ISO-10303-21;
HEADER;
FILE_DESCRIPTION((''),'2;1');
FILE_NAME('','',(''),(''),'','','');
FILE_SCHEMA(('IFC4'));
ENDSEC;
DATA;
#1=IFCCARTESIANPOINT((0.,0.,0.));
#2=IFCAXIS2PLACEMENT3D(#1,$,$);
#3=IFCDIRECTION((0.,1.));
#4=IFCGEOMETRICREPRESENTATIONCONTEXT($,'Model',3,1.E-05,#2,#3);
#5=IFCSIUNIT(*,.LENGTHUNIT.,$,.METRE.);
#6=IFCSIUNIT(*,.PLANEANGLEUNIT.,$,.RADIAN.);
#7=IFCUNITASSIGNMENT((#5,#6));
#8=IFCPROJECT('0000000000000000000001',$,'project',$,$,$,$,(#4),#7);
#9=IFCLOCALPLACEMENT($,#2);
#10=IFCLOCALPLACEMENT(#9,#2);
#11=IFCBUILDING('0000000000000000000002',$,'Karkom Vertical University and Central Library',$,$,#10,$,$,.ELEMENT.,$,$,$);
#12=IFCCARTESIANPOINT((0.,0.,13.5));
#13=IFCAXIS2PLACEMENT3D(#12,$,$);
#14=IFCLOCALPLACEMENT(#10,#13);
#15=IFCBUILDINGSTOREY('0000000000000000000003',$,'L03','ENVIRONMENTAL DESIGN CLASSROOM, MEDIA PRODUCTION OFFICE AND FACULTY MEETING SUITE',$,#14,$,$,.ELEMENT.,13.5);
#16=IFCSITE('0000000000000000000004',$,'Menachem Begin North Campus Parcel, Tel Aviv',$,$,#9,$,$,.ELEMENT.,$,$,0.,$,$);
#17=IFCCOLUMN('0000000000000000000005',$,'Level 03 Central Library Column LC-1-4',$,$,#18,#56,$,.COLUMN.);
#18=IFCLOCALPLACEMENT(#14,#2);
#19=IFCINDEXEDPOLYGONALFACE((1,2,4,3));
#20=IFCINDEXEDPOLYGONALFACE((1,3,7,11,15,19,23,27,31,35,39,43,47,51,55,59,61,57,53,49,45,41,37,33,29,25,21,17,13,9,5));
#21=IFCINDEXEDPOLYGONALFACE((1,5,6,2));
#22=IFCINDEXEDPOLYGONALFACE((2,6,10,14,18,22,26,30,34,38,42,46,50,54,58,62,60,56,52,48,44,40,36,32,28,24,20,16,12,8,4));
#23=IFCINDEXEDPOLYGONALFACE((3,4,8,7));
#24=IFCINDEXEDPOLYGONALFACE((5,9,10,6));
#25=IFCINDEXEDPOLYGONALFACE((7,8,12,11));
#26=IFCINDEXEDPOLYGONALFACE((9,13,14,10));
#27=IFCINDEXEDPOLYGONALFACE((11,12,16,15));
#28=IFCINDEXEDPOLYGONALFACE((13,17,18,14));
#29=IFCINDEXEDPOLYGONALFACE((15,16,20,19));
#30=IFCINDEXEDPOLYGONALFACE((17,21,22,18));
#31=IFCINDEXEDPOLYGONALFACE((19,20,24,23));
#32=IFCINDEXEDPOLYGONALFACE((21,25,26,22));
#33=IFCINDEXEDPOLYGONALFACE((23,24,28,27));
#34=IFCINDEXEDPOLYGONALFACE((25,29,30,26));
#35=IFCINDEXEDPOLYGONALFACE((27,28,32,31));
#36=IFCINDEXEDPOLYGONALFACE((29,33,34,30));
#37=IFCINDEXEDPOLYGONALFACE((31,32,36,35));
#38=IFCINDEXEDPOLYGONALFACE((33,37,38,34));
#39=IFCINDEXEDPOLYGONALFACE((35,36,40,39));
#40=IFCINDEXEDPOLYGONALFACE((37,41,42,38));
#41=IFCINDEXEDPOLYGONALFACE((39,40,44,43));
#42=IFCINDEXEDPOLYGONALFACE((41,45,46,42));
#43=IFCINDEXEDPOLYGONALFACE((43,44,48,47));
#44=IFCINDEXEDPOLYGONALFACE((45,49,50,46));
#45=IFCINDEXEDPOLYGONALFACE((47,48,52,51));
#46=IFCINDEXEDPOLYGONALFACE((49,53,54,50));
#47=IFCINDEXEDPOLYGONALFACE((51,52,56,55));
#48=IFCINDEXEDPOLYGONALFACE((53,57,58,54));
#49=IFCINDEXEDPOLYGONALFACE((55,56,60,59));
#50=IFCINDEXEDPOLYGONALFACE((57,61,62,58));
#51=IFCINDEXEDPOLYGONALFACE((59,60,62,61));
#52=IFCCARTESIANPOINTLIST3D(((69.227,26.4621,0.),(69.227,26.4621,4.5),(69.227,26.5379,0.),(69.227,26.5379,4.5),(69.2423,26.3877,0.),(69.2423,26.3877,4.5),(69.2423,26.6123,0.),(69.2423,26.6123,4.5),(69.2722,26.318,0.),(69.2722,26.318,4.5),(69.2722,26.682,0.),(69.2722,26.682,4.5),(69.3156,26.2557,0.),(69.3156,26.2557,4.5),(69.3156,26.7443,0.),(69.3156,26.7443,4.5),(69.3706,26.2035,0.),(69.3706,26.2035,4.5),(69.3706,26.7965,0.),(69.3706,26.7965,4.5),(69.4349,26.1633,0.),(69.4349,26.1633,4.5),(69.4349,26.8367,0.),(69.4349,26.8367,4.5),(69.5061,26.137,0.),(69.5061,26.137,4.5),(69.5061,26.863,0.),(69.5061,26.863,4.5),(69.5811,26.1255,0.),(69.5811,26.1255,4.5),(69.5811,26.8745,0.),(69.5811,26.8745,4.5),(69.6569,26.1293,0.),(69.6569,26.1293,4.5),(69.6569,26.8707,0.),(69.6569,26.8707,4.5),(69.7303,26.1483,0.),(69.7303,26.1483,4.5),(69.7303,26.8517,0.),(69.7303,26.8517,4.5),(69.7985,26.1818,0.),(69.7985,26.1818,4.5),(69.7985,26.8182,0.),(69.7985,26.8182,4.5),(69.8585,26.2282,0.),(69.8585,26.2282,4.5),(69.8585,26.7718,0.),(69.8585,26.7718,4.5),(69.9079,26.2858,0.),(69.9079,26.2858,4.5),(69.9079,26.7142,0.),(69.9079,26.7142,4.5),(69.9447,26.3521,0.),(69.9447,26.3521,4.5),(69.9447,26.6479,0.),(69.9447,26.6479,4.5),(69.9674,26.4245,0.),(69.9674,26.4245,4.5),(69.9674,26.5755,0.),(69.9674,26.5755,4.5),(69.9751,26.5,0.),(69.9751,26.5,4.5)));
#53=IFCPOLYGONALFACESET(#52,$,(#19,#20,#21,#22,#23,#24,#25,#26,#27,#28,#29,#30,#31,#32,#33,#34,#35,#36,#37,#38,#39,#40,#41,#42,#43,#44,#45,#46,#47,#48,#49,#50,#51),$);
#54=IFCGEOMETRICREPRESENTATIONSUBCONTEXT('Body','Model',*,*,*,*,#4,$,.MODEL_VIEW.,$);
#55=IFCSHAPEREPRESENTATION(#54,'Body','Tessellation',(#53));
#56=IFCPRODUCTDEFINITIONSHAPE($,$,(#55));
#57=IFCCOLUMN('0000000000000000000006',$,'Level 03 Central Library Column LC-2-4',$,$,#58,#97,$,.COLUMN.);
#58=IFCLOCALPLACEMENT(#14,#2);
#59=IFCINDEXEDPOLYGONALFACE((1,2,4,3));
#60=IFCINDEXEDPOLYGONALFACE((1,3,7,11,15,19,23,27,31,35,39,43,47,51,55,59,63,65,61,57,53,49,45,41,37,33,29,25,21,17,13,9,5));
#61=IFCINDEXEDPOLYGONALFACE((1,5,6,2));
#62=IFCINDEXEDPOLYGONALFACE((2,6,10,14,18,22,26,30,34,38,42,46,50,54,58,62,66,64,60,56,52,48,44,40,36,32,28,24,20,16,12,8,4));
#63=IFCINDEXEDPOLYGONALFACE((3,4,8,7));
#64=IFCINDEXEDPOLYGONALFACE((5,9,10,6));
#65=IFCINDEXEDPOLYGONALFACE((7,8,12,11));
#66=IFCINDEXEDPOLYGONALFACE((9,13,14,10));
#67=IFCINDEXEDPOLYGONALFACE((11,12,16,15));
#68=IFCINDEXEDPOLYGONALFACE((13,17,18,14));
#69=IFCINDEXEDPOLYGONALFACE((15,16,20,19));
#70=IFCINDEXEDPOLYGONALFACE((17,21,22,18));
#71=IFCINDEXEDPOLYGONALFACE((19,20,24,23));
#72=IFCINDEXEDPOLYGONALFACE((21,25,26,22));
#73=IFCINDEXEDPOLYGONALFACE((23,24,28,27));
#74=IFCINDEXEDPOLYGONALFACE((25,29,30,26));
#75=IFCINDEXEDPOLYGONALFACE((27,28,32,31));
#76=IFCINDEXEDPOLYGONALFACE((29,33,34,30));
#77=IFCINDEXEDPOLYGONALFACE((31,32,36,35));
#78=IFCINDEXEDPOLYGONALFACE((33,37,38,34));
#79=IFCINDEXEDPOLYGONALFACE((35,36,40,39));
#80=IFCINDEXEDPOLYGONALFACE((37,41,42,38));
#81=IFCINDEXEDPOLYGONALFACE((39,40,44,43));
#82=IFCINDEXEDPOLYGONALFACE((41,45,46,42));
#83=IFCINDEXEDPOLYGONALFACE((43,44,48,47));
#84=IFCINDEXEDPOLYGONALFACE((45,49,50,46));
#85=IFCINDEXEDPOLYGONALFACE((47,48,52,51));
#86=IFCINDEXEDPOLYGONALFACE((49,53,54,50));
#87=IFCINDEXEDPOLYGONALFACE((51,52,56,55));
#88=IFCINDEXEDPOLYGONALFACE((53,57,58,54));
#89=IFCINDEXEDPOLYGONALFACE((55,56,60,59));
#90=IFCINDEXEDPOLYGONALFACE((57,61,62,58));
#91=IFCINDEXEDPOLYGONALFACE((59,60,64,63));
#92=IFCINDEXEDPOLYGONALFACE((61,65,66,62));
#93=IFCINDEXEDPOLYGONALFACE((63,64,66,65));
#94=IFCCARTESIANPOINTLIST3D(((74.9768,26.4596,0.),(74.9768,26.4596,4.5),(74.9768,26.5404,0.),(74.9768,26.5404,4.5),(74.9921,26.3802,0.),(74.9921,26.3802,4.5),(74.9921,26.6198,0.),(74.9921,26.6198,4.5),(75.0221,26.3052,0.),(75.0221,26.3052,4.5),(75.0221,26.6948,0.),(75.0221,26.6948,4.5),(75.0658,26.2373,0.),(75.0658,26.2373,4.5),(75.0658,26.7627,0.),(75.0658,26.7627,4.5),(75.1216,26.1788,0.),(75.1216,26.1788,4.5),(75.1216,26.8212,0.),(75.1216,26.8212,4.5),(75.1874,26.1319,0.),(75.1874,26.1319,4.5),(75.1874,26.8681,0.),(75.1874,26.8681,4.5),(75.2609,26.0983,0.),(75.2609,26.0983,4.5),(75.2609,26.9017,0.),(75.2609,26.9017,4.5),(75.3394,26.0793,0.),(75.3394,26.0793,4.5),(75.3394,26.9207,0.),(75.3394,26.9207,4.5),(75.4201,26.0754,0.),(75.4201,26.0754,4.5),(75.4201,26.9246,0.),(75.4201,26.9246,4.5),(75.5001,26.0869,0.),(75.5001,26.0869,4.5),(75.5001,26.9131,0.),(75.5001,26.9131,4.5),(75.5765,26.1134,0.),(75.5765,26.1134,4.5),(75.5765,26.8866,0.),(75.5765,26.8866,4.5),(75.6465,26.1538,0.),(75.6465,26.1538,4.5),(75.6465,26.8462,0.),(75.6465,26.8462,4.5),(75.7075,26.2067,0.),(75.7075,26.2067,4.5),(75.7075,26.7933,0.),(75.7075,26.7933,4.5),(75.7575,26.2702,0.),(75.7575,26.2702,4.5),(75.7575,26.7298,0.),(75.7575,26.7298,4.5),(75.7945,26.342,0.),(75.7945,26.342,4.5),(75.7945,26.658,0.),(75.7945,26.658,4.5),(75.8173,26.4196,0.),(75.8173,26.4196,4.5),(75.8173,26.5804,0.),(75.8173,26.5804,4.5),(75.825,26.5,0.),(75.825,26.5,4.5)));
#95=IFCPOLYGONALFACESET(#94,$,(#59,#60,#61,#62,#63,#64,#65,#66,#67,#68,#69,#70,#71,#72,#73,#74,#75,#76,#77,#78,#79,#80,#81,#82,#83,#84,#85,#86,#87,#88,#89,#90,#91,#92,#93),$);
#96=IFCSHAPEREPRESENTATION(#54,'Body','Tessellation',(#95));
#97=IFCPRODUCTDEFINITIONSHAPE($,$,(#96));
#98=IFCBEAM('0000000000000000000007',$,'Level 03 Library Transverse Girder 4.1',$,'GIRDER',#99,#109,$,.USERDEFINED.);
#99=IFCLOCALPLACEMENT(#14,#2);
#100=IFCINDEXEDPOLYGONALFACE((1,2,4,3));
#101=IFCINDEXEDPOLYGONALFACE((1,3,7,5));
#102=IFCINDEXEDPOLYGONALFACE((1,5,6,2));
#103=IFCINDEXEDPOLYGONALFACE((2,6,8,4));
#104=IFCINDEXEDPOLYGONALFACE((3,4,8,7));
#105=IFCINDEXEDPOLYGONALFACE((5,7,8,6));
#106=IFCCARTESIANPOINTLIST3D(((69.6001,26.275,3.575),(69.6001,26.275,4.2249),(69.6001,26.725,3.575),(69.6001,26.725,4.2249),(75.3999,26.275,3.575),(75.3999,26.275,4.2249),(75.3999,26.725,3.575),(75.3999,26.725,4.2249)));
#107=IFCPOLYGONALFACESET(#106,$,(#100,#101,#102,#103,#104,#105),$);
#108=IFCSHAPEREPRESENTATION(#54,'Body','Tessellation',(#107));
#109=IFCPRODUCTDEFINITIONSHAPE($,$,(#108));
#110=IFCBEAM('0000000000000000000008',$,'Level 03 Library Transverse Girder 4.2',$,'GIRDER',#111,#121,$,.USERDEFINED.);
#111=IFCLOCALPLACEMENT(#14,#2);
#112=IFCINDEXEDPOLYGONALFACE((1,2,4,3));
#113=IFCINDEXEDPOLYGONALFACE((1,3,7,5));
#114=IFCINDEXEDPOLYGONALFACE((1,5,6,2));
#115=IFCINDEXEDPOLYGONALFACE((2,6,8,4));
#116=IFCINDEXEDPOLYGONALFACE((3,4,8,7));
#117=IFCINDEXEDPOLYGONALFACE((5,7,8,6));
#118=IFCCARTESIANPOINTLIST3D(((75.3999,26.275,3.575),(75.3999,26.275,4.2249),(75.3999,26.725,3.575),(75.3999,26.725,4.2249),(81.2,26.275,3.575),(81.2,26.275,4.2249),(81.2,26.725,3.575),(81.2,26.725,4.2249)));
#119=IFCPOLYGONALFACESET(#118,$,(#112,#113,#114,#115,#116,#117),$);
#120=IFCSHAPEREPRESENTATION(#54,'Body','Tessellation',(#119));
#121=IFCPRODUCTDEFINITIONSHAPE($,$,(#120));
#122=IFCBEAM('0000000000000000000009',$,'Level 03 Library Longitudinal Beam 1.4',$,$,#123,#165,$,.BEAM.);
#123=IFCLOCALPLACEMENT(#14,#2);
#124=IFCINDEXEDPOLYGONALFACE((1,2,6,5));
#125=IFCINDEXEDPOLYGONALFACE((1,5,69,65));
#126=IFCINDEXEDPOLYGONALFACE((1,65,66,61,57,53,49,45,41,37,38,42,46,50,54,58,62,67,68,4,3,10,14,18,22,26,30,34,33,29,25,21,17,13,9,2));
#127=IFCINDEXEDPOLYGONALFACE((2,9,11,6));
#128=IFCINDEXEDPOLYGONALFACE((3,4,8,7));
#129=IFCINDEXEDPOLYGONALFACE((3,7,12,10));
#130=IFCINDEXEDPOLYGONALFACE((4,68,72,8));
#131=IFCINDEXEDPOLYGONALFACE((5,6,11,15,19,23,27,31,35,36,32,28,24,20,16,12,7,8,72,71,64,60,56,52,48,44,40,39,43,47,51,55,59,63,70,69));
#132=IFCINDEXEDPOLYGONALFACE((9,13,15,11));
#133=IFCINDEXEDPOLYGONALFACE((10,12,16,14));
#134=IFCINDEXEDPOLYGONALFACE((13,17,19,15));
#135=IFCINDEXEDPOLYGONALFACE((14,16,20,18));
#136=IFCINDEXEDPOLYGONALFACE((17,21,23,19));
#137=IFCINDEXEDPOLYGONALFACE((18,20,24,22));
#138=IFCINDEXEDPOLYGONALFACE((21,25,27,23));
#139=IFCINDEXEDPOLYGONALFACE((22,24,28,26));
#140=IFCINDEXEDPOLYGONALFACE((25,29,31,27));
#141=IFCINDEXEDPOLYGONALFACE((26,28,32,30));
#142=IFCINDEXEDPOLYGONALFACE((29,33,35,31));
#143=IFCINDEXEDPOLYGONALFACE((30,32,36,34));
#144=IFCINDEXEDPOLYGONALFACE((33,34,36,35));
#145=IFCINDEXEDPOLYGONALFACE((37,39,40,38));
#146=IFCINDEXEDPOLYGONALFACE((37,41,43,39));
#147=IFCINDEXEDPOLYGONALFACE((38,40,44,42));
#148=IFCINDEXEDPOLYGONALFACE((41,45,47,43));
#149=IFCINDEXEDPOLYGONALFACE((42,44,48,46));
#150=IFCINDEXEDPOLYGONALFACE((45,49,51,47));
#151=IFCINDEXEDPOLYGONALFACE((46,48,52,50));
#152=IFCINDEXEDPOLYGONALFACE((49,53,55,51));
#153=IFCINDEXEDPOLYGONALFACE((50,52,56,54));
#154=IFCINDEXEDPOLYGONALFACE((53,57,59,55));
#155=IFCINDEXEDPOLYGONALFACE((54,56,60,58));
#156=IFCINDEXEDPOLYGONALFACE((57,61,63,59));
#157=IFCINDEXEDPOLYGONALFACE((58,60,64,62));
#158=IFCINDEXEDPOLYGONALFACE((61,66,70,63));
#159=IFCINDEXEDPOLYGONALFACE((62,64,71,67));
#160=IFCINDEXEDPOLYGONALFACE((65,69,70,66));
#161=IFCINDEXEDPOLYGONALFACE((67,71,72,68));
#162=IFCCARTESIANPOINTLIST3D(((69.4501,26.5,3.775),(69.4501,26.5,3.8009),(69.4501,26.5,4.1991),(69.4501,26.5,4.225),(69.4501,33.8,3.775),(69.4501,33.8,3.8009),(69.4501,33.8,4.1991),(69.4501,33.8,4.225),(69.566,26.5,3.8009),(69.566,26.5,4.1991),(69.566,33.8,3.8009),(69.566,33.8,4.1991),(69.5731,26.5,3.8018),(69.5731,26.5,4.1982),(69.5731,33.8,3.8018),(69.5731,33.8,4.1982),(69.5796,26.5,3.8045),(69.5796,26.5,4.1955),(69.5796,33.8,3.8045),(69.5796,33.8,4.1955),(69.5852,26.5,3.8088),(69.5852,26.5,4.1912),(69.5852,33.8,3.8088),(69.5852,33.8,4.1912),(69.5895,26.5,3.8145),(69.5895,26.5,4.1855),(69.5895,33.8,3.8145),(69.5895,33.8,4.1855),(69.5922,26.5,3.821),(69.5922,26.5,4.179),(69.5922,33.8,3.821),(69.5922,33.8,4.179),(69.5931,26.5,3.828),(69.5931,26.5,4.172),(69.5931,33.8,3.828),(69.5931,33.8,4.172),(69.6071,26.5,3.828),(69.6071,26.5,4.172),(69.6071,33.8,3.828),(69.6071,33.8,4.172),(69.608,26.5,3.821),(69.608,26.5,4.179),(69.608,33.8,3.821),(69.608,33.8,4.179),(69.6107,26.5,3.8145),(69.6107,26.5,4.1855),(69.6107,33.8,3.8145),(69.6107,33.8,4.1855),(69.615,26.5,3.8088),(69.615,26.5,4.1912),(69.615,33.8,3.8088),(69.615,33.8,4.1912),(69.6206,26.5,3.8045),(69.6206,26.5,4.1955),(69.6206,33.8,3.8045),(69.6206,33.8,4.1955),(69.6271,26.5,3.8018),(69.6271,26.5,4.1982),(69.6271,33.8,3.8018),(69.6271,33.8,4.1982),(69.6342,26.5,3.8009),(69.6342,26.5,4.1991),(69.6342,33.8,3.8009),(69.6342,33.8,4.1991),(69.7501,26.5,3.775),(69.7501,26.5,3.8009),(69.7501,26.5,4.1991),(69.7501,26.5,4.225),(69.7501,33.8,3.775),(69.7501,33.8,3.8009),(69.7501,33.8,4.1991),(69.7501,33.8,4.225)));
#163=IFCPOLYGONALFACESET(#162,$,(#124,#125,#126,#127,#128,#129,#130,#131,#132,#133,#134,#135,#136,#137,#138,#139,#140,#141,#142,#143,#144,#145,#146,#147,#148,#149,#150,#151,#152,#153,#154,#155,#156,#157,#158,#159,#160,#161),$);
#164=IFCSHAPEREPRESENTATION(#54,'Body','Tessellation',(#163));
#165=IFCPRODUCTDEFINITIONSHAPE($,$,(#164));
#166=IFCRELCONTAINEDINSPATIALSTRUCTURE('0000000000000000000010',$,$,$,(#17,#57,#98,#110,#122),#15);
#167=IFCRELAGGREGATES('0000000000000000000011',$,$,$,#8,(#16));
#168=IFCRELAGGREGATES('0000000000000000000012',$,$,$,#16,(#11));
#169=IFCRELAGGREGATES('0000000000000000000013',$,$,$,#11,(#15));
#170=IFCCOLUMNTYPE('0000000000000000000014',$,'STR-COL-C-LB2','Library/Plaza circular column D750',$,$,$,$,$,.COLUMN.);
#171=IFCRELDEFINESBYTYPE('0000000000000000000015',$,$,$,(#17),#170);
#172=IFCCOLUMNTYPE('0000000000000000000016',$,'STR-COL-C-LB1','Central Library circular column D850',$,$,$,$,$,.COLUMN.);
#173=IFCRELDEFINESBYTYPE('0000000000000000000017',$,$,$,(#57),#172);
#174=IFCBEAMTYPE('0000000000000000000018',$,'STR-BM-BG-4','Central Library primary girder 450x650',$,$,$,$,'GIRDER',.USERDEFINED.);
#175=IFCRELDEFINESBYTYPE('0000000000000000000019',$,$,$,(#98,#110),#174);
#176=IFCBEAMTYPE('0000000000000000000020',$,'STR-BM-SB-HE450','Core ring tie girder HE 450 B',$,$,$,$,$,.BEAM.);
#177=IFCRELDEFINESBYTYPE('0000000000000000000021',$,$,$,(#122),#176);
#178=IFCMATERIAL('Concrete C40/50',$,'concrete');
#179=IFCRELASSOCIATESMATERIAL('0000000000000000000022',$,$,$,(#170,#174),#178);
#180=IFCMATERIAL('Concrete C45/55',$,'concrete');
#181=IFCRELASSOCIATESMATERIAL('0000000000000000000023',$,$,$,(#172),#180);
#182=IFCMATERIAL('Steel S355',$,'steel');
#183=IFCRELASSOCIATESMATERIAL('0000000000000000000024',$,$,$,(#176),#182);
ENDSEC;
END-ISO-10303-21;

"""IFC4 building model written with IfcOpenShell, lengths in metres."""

from ifc_helpers import new_model, si_unit, direction, frame, origin, origin_with_axes, origin_2d, place, context, subcontext, project, spatial, rectangle, circle, i_section, extrude, source, transform, mapped, material, material_profile, profile_set, type_object, element, save


model = new_model("IFC4")

# Units and contexts
model_context = context("Model", 3, precision=1e-05, world=origin(), true_north=direction((0.0, 1.0)))
body_context = subcontext(model_context, "Body", "Model", "MODEL_VIEW")
ifc_project = project(units=[si_unit("LENGTHUNIT", "METRE"), si_unit("PLANEANGLEUNIT", "RADIAN")], contexts=[model_context])

# Site, building, storey
site_placement = place(None, origin())
site = spatial("IfcSite", under=ifc_project, at=site_placement, Name="Menachem Begin North Campus Parcel, Tel Aviv", CompositionType="ELEMENT", RefElevation=0.0)
building_placement = place(site_placement, origin())
building = spatial("IfcBuilding", under=site, at=building_placement, Name="Karkom Vertical University and Central Library", CompositionType="ELEMENT")
storey_placement = place(building_placement, frame((0.0, 0.0, 13.5)))
storey = spatial("IfcBuildingStorey", under=building, at=storey_placement, Name="L03", Description="ENVIRONMENTAL DESIGN CLASSROOM, MEDIA PRODUCTION OFFICE AND FACULTY MEETING SUITE", CompositionType="ELEMENT", Elevation=13.5)

# Columns
ifc_material_1 = material(Name="Concrete C40/50", Category="concrete")
ifc_material_profile_1 = material_profile(ifc_material_1, circle(Radius=0.375, at=origin_2d()), Name="RC-D750")
ifc_profile_set_1 = profile_set([ifc_material_profile_1], Name="Concrete C40/50")
column_type_1 = type_object("IfcColumnType", Name="STR-COL-C-LB2", Description="Library/Plaza circular column D750", PredefinedType="COLUMN", material=ifc_profile_set_1)
shared_shape_1 = source(origin_with_axes(), body_context, "Body", "SweptSolid", [
    extrude(circle(Radius=0.375, at=origin_2d()), origin(), (0.0, 0.0, 1.0), 4.5),
])
column_1_placement = place(storey_placement, frame((69.6001, 26.5, 0.0), z_axis=(0.0, 0.0, 1.0), x_axis=(1.0, 0.0, 0.0)))
element("IfcColumn", 1, at=column_1_placement, inside=storey, type_object=column_type_1, Name="Level 03 Central Library Column LC-1-4", PredefinedType="COLUMN", context=body_context, shape_type="MappedRepresentation", body=[
    mapped(shared_shape_1, transform((0.0, 0.0, 0.0), scale=1.0)),
])
ifc_material_2 = material(Name="Concrete C45/55", Category="concrete")
ifc_material_profile_2 = material_profile(ifc_material_2, circle(Radius=0.425, at=origin_2d()), Name="RC-D850")
ifc_profile_set_2 = profile_set([ifc_material_profile_2], Name="Concrete C45/55")
column_type_2 = type_object("IfcColumnType", Name="STR-COL-C-LB1", Description="Central Library circular column D850", PredefinedType="COLUMN", material=ifc_profile_set_2)
shared_shape_2 = source(origin_with_axes(), body_context, "Body", "SweptSolid", [
    extrude(circle(Radius=0.425, at=origin_2d()), origin(), (0.0, 0.0, 1.0), 4.5),
])
column_2_placement = place(storey_placement, frame((75.3999, 26.5, 0.0), z_axis=(0.0, 0.0, 1.0), x_axis=(1.0, 0.0, 0.0)))
element("IfcColumn", 2, at=column_2_placement, inside=storey, type_object=column_type_2, Name="Level 03 Central Library Column LC-2-4", PredefinedType="COLUMN", context=body_context, shape_type="MappedRepresentation", body=[
    mapped(shared_shape_2, transform((0.0, 0.0, 0.0), scale=1.0)),
])

# Beams
ifc_material_profile_3 = material_profile(ifc_material_1, rectangle(XDim=0.45, YDim=0.6499, at=origin_2d()), Name="RCB-450x650")
ifc_profile_set_3 = profile_set([ifc_material_profile_3], Name="Concrete C40/50")
beam_type_1 = type_object("IfcBeamType", Name="STR-BM-BG-4", Description="Central Library primary girder 450x650", ElementType="GIRDER", PredefinedType="USERDEFINED", material=ifc_profile_set_3)
shared_shape_3 = source(origin_with_axes(), body_context, "Body", "SweptSolid", [
    extrude(rectangle(XDim=0.45, YDim=0.6499, at=origin_2d()), origin(), (0.0, 0.0, 1.0), 5.7998),
])
beam_1_placement = place(storey_placement, frame((69.6001, 26.5, 3.8999), z_axis=(1.0, 0.0, 0.0), x_axis=(0.0, 1.0, 0.0)))
element("IfcBeam", 3, at=beam_1_placement, inside=storey, type_object=beam_type_1, Name="Level 03 Library Transverse Girder 4.1", ObjectType="GIRDER", PredefinedType="USERDEFINED", context=body_context, shape_type="MappedRepresentation", body=[
    mapped(shared_shape_3, transform((0.0, 0.0, 0.0), scale=1.0)),
])
shared_shape_4 = source(origin_with_axes(), body_context, "Body", "SweptSolid", [
    extrude(rectangle(XDim=0.45, YDim=0.6499, at=origin_2d()), origin(), (0.0, 0.0, 1.0), 5.8),
])
beam_2_placement = place(storey_placement, frame((75.3999, 26.5, 3.8999), z_axis=(1.0, 0.0, 0.0), x_axis=(0.0, 1.0, 0.0)))
element("IfcBeam", 4, at=beam_2_placement, inside=storey, type_object=beam_type_1, Name="Level 03 Library Transverse Girder 4.2", ObjectType="GIRDER", PredefinedType="USERDEFINED", context=body_context, shape_type="MappedRepresentation", body=[
    mapped(shared_shape_4, transform((0.0, 0.0, 0.0), scale=1.0)),
])
ifc_material_3 = material(Name="Steel S355", Category="steel")
ifc_material_profile_4 = material_profile(ifc_material_3, i_section(OverallWidth=0.3, OverallDepth=0.45, WebThickness=0.0139, FlangeThickness=0.0259, FilletRadius=0.0271, at=origin_2d()), Name="HE 450 B")
ifc_profile_set_4 = profile_set([ifc_material_profile_4], Name="Steel S355")
beam_type_2 = type_object("IfcBeamType", Name="STR-BM-SB-HE450", Description="Core ring tie girder HE 450 B", PredefinedType="BEAM", material=ifc_profile_set_4)
shared_shape_5 = source(origin_with_axes(), body_context, "Body", "SweptSolid", [
    extrude(i_section(OverallWidth=0.3, OverallDepth=0.45, WebThickness=0.0139, FlangeThickness=0.0259, FilletRadius=0.0271, at=origin_2d()), origin(), (0.0, 0.0, 1.0), 7.3),
])
for number, where, z_axis, x_axis, name in (
    (5, (69.6001, 26.5, 4.0), (0.0, 1.0, 0.0), (-1.0, 0.0, 0.0), "Level 03 Library Longitudinal Beam 1.4"),
):
    element("IfcBeam", number, at=place(storey_placement, frame(where, z_axis=z_axis, x_axis=x_axis)), inside=storey, type_object=beam_type_2, Name=name, PredefinedType="BEAM", context=body_context, shape_type="MappedRepresentation", body=[
        mapped(shared_shape_5, transform((0.0, 0.0, 0.0), scale=1.0)),
    ])

save(model, "model.ifc")
